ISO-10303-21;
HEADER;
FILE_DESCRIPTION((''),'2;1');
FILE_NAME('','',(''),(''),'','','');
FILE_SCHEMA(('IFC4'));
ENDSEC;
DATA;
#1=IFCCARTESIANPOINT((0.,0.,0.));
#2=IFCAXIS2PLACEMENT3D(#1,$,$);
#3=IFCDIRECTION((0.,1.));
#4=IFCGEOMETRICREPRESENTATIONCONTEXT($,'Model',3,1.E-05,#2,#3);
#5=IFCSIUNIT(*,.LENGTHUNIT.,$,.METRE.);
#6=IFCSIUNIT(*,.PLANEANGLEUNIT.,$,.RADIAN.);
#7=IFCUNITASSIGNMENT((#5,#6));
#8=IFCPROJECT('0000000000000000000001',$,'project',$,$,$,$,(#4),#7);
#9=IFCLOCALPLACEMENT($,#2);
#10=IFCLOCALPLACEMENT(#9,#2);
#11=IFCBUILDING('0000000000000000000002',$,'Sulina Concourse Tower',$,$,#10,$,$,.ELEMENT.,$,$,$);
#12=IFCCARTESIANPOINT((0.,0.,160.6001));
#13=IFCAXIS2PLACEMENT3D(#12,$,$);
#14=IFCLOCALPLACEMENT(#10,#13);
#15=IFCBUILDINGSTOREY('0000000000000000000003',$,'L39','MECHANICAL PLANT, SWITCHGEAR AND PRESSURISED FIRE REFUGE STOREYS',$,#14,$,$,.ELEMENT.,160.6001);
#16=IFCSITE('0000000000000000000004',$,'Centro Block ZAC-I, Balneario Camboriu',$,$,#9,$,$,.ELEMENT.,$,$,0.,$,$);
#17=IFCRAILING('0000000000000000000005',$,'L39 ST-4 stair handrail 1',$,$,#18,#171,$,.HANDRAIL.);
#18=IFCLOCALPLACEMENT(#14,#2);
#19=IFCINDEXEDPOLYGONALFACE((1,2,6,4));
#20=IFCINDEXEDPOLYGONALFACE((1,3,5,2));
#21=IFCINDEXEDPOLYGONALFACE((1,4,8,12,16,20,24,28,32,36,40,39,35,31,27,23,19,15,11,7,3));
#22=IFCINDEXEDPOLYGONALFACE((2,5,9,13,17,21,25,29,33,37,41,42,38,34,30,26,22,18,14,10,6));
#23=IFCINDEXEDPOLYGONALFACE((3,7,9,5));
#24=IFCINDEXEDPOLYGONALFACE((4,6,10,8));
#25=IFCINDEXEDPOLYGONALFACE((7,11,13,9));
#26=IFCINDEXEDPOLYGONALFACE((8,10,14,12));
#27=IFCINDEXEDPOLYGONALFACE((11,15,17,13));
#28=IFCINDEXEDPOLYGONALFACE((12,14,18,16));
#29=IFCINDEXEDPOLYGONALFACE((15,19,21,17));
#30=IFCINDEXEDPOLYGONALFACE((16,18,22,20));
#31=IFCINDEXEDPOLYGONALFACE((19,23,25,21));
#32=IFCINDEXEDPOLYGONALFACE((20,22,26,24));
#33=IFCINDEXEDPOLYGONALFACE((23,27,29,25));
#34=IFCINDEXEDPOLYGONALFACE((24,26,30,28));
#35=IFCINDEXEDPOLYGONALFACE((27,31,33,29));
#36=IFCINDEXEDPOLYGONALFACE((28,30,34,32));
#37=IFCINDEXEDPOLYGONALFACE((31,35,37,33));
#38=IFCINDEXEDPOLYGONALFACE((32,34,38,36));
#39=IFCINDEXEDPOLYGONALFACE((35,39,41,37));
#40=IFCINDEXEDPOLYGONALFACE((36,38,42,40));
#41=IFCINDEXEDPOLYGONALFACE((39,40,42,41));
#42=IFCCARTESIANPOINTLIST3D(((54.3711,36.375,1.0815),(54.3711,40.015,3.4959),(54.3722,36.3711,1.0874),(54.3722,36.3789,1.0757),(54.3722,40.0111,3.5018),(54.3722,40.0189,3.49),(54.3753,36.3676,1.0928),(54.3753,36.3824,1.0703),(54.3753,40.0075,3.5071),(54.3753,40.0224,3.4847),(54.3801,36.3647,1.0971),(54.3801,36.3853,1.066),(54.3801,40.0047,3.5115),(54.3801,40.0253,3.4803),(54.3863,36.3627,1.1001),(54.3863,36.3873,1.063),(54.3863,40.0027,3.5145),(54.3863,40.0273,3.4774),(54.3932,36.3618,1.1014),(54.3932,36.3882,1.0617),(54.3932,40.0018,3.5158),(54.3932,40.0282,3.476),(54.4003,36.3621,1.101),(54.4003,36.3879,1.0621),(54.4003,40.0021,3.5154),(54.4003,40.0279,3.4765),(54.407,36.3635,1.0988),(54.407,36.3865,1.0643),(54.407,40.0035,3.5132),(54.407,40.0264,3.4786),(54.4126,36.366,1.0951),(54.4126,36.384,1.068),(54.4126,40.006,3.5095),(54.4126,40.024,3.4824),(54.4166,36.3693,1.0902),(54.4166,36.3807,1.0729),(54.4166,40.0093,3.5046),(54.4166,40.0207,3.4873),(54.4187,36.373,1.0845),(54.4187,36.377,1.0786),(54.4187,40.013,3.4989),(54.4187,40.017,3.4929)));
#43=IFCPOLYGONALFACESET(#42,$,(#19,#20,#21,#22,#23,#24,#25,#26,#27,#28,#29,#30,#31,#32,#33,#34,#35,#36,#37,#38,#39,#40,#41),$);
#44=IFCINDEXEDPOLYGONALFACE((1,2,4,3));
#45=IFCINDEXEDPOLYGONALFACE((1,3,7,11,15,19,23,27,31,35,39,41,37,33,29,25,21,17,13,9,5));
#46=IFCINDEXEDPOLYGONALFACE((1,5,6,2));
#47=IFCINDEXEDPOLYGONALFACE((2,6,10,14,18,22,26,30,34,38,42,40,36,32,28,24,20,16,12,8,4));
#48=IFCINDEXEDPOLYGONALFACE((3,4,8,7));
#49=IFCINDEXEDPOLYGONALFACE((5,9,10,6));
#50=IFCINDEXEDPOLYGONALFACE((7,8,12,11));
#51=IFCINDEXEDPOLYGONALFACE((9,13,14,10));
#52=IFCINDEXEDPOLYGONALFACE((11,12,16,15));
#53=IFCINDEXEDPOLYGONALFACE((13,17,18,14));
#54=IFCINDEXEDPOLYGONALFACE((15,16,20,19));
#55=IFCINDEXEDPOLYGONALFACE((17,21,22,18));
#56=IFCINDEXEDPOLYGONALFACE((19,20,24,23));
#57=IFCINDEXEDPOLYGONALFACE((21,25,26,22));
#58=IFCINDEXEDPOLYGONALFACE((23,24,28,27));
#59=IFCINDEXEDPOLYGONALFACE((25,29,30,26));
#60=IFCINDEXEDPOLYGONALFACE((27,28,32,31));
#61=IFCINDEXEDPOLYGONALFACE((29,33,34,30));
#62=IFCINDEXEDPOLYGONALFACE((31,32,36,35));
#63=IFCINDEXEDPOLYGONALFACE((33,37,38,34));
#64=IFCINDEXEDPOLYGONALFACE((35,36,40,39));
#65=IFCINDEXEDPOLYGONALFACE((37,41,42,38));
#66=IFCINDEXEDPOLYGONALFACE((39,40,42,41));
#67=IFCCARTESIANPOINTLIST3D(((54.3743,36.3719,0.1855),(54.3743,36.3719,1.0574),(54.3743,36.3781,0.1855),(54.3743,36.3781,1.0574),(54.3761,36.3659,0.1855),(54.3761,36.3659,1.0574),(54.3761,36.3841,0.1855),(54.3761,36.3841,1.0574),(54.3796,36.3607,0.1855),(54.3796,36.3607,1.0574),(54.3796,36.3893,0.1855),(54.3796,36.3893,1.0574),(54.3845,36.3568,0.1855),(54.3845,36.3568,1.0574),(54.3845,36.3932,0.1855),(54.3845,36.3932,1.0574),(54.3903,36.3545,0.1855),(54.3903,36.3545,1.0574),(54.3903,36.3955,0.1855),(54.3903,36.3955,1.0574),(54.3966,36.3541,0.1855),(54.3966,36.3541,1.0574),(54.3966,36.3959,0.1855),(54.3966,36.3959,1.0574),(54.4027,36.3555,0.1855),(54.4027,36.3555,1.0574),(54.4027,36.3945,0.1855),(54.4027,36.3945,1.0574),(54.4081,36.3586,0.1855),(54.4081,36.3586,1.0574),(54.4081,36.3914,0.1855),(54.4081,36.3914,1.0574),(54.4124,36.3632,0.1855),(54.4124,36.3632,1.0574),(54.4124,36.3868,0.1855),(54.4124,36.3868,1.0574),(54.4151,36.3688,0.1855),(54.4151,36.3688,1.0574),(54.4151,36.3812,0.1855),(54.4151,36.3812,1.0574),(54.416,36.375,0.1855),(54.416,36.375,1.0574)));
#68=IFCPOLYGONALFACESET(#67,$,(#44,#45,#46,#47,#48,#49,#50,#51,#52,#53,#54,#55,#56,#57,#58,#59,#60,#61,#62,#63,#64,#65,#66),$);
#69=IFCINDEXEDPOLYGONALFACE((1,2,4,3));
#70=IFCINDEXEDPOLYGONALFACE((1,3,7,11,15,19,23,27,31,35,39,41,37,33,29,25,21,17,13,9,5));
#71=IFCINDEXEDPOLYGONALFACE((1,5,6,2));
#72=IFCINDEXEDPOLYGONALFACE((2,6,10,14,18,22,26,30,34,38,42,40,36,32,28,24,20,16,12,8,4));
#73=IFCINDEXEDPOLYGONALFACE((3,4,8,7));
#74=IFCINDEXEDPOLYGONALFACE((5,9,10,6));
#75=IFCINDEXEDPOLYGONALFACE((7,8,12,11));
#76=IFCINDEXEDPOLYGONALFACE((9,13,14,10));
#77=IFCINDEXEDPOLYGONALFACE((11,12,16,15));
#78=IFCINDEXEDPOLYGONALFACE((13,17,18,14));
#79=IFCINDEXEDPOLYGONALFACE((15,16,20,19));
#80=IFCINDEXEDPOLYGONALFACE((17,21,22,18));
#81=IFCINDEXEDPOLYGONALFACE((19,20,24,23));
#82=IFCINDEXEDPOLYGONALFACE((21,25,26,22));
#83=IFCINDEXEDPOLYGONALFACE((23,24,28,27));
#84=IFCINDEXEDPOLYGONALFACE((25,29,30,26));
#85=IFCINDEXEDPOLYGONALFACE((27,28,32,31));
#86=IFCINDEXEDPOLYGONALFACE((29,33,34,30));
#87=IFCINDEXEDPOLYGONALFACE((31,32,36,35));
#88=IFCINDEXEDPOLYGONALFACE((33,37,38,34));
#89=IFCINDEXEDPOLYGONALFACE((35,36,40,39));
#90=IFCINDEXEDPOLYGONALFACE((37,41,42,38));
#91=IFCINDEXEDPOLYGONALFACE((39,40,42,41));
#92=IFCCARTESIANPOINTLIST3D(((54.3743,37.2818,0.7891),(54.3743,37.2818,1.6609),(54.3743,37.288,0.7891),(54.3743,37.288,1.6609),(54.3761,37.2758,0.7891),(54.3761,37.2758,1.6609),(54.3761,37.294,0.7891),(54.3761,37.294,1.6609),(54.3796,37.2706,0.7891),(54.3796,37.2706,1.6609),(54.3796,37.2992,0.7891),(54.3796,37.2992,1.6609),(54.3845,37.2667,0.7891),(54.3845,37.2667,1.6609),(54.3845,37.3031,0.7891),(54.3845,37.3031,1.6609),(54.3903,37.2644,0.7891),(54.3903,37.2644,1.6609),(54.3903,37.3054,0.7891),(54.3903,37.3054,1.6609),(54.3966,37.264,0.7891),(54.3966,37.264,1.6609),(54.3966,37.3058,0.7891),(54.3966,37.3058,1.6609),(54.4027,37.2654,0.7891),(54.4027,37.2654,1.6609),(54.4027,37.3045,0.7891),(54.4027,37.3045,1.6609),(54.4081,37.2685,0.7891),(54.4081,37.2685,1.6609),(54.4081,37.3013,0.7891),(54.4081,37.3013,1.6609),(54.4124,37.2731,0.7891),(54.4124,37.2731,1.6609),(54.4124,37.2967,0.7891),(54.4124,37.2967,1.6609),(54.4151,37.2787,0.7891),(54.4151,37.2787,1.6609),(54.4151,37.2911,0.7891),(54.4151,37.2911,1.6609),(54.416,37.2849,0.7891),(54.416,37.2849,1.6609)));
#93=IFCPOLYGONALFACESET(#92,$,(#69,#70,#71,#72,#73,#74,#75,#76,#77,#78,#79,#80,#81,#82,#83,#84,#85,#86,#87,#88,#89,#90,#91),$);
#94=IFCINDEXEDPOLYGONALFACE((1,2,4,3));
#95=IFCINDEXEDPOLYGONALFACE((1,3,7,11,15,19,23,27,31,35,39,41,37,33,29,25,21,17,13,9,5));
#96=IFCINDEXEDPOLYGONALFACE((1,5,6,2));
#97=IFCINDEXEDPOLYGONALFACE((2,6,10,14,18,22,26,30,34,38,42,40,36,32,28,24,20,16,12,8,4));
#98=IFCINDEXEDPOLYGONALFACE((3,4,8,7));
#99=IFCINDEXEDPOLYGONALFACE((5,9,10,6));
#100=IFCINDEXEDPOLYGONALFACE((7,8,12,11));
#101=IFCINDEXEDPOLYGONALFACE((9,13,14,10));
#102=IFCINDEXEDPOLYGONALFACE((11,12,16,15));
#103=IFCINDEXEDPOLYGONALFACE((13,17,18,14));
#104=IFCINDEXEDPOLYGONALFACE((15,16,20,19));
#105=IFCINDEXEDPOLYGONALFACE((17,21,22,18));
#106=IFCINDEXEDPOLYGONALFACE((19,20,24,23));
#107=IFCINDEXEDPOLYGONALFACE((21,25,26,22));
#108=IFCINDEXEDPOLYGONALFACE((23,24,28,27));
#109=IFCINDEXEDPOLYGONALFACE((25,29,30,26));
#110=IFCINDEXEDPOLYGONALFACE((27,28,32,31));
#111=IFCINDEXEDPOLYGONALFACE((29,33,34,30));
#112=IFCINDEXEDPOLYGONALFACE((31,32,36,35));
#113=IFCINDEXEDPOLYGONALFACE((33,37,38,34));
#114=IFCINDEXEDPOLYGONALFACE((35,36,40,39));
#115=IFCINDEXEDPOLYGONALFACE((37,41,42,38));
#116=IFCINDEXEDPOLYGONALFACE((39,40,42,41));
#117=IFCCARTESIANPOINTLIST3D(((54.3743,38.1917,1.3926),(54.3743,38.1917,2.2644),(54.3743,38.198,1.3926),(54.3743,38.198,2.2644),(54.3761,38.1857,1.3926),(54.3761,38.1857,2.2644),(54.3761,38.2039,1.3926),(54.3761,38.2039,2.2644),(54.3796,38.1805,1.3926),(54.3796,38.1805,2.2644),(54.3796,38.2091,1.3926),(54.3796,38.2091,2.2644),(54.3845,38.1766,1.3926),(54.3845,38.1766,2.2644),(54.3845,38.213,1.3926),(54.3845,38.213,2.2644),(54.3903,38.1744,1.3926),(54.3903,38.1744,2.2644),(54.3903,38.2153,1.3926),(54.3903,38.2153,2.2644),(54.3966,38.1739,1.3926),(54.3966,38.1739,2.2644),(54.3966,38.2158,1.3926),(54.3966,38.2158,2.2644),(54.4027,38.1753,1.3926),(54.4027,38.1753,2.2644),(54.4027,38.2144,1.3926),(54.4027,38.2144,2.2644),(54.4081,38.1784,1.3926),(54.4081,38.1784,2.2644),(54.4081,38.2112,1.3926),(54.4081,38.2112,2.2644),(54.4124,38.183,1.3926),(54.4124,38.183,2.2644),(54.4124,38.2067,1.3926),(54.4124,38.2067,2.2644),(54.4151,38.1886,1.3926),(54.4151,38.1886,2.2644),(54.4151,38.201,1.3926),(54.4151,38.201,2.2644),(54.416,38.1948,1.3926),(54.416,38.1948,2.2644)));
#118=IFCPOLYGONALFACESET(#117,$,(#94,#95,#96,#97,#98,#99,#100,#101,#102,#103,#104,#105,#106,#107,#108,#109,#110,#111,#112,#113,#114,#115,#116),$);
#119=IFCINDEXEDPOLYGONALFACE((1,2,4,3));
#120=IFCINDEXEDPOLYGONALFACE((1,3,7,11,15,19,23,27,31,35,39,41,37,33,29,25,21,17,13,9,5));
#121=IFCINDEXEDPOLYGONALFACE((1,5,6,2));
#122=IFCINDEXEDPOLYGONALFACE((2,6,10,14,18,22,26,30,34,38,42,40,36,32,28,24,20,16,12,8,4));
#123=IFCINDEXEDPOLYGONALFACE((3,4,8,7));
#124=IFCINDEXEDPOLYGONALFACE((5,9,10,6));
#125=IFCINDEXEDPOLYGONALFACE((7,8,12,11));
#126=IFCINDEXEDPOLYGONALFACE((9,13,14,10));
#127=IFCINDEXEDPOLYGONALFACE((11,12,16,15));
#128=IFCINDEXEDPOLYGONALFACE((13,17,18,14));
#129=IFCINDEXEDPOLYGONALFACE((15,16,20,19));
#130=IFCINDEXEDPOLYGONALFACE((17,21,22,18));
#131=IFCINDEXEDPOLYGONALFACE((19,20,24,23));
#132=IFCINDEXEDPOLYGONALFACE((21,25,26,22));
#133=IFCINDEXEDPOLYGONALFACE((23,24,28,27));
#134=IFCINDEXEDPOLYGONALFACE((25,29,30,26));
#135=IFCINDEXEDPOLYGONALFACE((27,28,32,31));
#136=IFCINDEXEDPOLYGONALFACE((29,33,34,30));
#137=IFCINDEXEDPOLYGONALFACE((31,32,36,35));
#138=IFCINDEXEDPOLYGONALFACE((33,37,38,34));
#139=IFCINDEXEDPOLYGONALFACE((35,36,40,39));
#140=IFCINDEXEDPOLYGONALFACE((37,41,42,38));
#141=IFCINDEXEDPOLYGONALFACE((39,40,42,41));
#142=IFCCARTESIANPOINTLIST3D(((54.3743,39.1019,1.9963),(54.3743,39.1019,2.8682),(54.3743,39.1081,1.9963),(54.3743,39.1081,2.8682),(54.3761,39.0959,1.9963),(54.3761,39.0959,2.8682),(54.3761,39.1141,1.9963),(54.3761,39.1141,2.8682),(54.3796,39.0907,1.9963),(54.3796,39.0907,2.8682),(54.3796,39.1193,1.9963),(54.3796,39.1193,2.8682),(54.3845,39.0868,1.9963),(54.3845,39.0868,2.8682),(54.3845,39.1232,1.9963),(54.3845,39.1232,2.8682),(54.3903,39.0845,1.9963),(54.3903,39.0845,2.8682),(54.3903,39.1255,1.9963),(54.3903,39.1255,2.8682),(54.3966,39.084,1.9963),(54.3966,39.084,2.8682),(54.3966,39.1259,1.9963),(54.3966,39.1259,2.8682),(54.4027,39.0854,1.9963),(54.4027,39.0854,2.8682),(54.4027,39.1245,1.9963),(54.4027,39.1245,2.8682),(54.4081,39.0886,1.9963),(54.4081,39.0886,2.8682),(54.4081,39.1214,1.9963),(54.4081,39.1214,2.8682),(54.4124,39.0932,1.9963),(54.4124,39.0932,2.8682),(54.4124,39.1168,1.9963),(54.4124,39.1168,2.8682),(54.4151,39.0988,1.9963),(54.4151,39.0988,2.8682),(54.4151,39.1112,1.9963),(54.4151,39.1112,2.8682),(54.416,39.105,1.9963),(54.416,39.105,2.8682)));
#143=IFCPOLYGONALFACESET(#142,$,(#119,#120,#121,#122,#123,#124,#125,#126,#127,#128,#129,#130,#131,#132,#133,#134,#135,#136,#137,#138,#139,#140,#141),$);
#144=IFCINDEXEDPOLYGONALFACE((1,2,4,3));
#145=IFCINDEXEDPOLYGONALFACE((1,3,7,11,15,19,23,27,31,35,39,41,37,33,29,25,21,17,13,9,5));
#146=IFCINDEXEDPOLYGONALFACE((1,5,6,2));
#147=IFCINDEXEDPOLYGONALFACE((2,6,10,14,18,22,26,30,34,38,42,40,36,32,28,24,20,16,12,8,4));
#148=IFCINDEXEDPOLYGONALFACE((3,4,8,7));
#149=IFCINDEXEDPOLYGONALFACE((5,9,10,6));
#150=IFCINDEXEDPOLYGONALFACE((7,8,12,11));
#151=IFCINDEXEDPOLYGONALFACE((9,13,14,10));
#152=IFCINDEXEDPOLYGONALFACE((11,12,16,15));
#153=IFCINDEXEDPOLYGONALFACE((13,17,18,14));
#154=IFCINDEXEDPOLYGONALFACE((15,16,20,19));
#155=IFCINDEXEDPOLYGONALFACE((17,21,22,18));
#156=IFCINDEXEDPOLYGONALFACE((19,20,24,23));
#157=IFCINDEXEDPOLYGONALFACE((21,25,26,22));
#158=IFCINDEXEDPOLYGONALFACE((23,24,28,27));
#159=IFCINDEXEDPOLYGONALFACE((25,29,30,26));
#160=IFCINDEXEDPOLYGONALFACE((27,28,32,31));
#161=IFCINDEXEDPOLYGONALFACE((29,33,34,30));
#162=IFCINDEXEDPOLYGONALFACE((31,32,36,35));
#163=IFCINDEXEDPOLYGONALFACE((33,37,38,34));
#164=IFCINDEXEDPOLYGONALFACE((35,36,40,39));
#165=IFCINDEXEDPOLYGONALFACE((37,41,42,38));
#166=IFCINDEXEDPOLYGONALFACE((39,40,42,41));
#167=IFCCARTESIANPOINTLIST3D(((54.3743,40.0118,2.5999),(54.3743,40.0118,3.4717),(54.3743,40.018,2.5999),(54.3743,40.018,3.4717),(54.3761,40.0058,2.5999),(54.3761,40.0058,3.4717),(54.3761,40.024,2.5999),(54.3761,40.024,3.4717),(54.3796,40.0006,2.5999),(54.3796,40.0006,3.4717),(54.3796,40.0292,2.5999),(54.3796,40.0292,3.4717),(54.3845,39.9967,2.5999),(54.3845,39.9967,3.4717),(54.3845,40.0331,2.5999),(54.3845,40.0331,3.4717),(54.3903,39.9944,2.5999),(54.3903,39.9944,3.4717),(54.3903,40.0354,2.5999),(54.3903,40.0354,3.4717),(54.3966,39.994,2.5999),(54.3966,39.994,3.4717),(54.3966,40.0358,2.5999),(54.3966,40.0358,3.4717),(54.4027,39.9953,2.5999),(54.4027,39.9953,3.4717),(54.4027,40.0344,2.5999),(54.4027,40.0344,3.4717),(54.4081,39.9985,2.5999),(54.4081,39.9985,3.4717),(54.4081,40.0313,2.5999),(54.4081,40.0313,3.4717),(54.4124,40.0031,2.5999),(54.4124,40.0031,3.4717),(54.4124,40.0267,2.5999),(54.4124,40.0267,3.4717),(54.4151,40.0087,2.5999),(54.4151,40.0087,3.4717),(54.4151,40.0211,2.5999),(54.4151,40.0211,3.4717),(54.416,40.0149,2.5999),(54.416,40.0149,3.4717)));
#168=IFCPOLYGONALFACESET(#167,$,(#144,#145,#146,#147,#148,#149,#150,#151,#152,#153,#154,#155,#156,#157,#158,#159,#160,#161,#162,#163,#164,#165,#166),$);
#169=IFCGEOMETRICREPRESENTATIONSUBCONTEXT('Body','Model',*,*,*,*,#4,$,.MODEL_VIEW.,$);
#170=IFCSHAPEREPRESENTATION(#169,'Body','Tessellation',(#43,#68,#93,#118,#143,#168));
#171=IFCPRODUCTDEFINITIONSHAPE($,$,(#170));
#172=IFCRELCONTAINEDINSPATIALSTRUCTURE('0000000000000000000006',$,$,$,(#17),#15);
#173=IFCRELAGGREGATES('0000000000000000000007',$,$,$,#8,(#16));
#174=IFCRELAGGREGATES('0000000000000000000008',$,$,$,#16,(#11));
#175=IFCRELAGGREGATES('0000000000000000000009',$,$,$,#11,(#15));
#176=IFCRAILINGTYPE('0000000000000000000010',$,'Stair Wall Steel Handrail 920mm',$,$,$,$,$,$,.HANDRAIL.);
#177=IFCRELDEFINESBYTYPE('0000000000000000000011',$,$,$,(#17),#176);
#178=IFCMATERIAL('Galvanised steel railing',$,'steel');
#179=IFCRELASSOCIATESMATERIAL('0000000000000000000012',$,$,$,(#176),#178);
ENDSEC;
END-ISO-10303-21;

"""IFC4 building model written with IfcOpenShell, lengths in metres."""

from ifc_helpers import new_model, si_unit, direction, frame, origin, origin_2d, place, context, subcontext, project, spatial, circle, extrude, material, type_object, element, save


model = new_model("IFC4")

# Units and contexts
model_context = context("Model", 3, precision=1e-05, world=origin(), true_north=direction((0.0, 1.0)))
body_context = subcontext(model_context, "Body", "Model", "MODEL_VIEW")
ifc_project = project(units=[si_unit("LENGTHUNIT", "METRE"), si_unit("PLANEANGLEUNIT", "RADIAN")], contexts=[model_context])

# Site, building, storey
site_placement = place(None, origin())
site = spatial("IfcSite", under=ifc_project, at=site_placement, Name="Centro Block ZAC-I, Balneario Camboriu", CompositionType="ELEMENT", RefElevation=0.0)
building_placement = place(site_placement, origin())
building = spatial("IfcBuilding", under=site, at=building_placement, Name="Sulina Concourse Tower", CompositionType="ELEMENT")
storey_placement = place(building_placement, frame((0.0, 0.0, 160.6001)))
storey = spatial("IfcBuildingStorey", under=building, at=storey_placement, Name="L39", Description="MECHANICAL PLANT, SWITCHGEAR AND PRESSURISED FIRE REFUGE STOREYS", CompositionType="ELEMENT", Elevation=160.6001)

# Railing
ifc_material_1 = material(Name="Galvanised steel railing", Category="steel")
railing_type_1 = type_object("IfcRailingType", Name="Stair Wall Steel Handrail 920mm", PredefinedType="HANDRAIL", material=ifc_material_1)
railing_1_placement = place(storey_placement, frame((54.395, 36.375, 0.1855)))
element("IfcRailing", 1, at=railing_1_placement, inside=storey, type_object=railing_type_1, Name="L39 ST-4 stair handrail 1", PredefinedType="HANDRAIL", context=body_context, shape_type="SweptSolid", body=[
    extrude(circle(Radius=0.0239, at=origin_2d()), frame((0.0, 0.0, 0.896), z_axis=(0.0, 0.833347, 0.552751), x_axis=(-1.0, 0.0, 0.0)), (0.0, 0.0, 1.0), 4.3679),
    extrude(circle(Radius=0.021, at=origin_2d()), origin(), (0.0, 0.0, 1.0), 0.8718),
    extrude(circle(Radius=0.021, at=origin_2d()), frame((0.0, 0.9099, 0.6035)), (0.0, 0.0, 1.0), 0.8718),
    extrude(circle(Radius=0.021, at=origin_2d()), frame((0.0, 1.8198, 1.207)), (0.0, 0.0, 1.0), 0.8718),
    extrude(circle(Radius=0.021, at=origin_2d()), frame((0.0, 2.73, 1.8108)), (0.0, 0.0, 1.0), 0.8718),
    extrude(circle(Radius=0.021, at=origin_2d()), frame((0.0, 3.6399, 2.4143)), (0.0, 0.0, 1.0), 0.8718),
])

save(model, "model.ifc")
